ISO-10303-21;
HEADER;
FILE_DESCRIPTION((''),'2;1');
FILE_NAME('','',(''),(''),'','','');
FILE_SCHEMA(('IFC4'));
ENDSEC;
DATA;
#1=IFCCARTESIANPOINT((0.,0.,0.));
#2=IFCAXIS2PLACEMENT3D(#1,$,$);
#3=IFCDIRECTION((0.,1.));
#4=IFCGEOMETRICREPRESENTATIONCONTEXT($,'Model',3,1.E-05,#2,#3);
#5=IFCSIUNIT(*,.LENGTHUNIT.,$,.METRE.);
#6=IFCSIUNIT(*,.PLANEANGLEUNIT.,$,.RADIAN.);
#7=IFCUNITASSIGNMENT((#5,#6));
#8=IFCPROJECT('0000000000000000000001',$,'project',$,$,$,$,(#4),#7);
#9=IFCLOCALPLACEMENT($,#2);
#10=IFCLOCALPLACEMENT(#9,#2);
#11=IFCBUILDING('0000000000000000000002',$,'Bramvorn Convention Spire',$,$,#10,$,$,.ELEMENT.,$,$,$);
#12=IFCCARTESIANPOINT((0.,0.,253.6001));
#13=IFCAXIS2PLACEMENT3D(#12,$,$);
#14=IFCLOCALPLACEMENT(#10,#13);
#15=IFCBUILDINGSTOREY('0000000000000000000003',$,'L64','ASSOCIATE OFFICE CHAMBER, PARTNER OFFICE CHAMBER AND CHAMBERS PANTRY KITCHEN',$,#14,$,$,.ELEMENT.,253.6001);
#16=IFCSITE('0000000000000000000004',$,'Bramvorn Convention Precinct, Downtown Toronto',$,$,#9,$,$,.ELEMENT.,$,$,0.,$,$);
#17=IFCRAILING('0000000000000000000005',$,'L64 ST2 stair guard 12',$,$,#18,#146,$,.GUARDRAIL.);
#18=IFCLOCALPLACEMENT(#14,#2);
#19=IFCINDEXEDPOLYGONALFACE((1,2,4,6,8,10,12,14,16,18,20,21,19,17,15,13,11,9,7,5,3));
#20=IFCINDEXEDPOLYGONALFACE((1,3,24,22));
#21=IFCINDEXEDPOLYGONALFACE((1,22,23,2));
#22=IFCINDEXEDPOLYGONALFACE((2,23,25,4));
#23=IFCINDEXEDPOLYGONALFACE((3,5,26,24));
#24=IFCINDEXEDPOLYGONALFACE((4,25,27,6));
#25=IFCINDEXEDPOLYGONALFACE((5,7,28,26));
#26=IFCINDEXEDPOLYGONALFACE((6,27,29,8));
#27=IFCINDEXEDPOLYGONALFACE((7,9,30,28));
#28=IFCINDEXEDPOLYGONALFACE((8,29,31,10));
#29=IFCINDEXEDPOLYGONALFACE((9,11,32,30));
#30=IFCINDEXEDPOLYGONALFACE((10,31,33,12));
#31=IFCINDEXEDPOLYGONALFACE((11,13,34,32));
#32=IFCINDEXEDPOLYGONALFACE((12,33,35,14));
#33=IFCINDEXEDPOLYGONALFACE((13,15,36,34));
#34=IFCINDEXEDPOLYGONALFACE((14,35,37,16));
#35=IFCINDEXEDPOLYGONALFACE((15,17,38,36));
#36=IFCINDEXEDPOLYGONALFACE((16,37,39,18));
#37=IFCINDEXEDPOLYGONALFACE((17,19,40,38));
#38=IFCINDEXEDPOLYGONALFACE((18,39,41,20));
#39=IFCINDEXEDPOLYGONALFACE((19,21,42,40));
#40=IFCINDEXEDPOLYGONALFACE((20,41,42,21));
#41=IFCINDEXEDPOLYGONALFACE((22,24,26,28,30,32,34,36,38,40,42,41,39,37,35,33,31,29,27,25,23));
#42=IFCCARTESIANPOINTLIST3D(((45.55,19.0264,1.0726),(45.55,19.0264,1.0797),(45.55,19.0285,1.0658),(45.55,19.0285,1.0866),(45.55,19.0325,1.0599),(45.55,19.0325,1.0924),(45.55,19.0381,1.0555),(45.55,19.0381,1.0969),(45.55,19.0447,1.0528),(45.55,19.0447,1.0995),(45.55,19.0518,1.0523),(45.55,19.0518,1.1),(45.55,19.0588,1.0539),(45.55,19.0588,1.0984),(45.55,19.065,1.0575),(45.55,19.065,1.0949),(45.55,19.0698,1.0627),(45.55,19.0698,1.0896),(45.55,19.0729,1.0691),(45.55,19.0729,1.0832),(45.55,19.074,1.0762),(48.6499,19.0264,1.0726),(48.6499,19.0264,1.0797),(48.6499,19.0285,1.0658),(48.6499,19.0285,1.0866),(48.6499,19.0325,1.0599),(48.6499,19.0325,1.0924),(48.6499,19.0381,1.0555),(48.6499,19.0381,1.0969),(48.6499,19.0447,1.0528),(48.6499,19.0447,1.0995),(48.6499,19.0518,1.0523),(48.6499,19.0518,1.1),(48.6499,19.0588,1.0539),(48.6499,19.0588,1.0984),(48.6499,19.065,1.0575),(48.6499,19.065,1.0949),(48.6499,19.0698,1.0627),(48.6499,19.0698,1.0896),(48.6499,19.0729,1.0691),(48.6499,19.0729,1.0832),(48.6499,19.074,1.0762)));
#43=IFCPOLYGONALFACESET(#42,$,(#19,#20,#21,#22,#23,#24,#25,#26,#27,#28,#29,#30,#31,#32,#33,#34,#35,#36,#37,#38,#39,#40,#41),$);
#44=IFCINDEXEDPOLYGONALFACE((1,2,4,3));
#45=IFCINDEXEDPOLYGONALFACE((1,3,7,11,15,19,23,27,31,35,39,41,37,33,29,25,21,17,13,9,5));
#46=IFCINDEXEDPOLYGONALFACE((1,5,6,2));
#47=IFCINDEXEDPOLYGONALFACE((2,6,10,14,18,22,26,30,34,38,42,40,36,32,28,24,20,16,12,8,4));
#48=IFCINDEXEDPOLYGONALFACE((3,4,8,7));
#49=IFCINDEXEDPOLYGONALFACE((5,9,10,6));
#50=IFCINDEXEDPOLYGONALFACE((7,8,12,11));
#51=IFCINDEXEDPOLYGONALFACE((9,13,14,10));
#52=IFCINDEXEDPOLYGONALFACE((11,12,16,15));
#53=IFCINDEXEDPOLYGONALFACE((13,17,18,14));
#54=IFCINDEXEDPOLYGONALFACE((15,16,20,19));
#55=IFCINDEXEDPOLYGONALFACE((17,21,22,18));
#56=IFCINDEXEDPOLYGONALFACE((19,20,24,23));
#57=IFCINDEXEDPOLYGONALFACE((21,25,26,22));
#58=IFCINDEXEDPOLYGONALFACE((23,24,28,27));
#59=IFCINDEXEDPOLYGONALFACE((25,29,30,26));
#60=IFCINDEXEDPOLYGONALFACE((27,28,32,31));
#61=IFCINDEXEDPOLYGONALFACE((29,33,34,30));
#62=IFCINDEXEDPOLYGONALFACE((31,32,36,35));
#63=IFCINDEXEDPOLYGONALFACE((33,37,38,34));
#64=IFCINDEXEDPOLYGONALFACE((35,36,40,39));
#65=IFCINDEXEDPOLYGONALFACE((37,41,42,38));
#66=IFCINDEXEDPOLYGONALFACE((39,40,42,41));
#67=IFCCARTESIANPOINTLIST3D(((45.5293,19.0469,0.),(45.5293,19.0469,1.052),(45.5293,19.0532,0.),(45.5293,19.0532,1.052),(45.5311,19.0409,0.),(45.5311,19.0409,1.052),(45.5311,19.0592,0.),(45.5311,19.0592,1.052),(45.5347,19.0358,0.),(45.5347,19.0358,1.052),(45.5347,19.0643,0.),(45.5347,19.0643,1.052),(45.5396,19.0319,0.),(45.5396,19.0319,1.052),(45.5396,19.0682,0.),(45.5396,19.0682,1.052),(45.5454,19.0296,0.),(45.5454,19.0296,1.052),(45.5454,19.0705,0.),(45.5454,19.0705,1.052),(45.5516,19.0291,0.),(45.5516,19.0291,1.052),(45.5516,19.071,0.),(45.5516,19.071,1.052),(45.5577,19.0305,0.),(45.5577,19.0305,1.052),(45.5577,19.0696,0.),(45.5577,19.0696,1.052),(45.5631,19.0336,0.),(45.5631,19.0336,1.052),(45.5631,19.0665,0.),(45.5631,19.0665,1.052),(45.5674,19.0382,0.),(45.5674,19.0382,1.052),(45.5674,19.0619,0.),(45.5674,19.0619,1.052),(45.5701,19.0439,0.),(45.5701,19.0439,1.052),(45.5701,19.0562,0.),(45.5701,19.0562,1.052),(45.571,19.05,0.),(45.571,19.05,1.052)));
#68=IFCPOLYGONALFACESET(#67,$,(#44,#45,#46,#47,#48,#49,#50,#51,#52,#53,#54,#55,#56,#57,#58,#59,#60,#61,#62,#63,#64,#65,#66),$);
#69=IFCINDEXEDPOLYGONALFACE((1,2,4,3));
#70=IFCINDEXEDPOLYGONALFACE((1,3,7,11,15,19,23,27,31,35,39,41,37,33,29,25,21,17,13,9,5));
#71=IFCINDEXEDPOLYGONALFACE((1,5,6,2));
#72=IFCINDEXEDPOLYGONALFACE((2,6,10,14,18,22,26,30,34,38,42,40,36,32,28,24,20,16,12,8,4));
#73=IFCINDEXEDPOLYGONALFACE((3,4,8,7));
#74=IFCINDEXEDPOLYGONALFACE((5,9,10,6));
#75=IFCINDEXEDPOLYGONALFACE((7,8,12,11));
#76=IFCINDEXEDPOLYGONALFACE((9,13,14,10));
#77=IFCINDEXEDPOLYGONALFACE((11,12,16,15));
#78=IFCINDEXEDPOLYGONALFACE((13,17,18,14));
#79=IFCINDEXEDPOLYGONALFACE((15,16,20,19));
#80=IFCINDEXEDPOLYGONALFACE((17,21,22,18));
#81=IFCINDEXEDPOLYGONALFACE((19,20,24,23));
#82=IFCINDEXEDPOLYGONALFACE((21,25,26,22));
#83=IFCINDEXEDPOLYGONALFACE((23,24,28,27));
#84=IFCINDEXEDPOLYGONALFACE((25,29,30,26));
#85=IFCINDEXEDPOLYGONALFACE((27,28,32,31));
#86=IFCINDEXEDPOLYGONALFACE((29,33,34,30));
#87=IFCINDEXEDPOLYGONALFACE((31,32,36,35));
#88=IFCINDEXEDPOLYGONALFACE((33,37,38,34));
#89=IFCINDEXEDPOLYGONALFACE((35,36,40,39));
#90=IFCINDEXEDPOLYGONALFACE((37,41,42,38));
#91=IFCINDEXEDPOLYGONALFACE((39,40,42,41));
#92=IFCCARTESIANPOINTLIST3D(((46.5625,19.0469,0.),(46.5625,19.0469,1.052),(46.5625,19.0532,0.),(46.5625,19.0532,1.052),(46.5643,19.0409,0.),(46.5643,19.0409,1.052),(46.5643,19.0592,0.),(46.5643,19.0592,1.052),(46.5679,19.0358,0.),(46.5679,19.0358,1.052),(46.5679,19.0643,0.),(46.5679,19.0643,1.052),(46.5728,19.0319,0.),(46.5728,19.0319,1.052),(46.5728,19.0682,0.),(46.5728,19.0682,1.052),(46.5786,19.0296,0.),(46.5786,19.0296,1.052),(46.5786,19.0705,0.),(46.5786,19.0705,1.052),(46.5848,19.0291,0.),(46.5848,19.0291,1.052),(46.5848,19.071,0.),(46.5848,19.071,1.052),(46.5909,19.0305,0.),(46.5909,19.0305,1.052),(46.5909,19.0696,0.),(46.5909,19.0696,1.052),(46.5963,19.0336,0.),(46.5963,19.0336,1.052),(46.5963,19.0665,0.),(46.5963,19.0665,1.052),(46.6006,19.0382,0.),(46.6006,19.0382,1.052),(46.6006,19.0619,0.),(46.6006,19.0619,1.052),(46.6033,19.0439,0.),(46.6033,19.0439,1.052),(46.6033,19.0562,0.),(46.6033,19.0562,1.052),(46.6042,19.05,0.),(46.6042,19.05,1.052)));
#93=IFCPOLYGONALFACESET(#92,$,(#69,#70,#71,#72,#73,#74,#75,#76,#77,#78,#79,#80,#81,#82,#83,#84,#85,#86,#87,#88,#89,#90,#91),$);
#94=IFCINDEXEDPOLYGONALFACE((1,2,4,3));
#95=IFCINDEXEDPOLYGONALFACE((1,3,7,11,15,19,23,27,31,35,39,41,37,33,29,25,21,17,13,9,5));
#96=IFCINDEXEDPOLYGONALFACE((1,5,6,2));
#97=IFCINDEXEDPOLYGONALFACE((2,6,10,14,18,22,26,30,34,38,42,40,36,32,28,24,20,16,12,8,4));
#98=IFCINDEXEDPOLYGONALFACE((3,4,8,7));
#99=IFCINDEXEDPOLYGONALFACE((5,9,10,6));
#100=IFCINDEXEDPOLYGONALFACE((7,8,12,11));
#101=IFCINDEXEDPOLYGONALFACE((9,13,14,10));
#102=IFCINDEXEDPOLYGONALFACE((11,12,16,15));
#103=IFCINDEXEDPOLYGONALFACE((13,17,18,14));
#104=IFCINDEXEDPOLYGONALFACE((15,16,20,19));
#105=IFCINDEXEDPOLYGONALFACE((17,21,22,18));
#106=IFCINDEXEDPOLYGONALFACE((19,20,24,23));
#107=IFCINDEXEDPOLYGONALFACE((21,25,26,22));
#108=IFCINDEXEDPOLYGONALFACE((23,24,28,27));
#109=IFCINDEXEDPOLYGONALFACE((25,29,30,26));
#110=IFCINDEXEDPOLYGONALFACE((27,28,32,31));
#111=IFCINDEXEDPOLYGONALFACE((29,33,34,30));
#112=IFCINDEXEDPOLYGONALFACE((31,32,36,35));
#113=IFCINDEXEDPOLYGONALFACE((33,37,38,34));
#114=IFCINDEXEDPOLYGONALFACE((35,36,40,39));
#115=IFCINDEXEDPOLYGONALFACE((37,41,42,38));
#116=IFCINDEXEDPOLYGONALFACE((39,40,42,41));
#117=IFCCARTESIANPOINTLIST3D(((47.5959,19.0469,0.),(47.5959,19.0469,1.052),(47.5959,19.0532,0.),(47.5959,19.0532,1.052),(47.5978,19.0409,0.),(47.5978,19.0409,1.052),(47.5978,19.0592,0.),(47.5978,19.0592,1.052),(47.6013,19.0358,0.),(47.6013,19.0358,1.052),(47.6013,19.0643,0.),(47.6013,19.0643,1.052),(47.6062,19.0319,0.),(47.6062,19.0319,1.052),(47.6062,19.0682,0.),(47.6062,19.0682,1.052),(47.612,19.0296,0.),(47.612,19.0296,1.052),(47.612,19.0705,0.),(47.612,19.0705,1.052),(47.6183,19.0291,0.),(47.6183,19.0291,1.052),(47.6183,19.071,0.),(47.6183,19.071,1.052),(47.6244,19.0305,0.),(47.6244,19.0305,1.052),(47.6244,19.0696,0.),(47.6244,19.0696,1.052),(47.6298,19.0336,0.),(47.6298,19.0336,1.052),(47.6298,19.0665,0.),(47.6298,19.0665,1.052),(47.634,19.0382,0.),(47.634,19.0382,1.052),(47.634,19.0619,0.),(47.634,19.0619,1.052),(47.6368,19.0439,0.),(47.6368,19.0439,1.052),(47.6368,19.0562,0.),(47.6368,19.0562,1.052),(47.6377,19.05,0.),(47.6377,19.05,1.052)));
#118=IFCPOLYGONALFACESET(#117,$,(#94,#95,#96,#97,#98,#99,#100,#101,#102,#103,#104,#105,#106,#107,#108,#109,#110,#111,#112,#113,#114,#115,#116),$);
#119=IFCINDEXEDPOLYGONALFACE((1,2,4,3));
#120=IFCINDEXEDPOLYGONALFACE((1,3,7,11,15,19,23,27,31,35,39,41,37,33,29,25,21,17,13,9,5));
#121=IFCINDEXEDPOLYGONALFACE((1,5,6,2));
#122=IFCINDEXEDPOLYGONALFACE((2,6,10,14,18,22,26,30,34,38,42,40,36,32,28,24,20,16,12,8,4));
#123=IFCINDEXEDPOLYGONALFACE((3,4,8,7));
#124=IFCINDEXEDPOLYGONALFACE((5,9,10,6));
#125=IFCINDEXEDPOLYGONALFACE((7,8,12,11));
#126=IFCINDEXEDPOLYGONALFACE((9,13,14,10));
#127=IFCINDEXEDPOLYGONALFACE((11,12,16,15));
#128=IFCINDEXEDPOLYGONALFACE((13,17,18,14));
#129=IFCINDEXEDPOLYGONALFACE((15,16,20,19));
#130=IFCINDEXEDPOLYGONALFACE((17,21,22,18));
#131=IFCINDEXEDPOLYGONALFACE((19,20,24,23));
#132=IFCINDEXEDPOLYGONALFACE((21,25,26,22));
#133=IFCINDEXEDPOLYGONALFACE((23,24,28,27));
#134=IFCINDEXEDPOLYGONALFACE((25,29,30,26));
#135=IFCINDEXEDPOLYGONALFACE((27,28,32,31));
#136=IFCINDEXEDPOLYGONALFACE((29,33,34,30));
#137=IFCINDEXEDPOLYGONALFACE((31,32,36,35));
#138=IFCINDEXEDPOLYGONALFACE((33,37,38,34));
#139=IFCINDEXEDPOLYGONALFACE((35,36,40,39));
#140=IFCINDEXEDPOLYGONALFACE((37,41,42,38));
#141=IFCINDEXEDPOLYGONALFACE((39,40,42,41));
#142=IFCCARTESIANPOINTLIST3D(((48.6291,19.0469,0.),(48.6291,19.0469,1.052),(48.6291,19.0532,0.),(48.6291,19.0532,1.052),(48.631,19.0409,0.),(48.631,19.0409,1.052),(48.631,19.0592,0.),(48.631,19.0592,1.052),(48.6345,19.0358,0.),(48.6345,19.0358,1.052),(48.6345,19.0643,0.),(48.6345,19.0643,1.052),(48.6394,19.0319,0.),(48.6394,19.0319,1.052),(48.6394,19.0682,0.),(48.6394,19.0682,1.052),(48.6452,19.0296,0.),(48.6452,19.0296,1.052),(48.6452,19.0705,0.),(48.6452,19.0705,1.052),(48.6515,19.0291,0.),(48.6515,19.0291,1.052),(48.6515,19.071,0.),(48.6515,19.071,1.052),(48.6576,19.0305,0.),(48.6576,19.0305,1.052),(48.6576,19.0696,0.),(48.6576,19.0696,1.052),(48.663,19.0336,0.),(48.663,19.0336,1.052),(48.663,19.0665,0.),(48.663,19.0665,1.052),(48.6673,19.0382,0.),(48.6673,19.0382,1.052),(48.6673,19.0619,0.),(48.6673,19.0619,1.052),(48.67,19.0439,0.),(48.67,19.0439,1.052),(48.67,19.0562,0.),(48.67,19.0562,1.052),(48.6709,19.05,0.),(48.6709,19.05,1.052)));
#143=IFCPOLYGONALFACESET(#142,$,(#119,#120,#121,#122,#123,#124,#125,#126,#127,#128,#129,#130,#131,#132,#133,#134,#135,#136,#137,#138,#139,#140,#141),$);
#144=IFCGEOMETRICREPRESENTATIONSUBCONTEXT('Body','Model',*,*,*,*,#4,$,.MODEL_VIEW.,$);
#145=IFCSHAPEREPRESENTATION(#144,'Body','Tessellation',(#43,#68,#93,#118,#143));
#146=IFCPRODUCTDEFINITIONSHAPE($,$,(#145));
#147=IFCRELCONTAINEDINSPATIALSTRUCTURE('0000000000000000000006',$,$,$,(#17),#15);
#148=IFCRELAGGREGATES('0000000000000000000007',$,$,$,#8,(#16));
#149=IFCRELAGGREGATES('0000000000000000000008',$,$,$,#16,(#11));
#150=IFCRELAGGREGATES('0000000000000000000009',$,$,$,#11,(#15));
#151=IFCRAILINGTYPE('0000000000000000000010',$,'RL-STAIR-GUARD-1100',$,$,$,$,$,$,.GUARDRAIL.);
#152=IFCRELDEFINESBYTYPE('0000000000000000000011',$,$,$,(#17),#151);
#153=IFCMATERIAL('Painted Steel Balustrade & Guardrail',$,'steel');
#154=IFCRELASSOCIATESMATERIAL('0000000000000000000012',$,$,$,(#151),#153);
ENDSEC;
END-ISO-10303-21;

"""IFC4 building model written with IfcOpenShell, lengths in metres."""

from ifc_helpers import new_model, si_unit, direction, frame, origin, origin_2d, place, context, subcontext, project, spatial, circle, extrude, material, type_object, element, save


model = new_model("IFC4")

# Units and contexts
model_context = context("Model", 3, precision=1e-05, world=origin(), true_north=direction((0.0, 1.0)))
body_context = subcontext(model_context, "Body", "Model", "MODEL_VIEW")
ifc_project = project(units=[si_unit("LENGTHUNIT", "METRE"), si_unit("PLANEANGLEUNIT", "RADIAN")], contexts=[model_context])

# Site, building, storey
site_placement = place(None, origin())
site = spatial("IfcSite", under=ifc_project, at=site_placement, Name="Bramvorn Convention Precinct, Downtown Toronto", CompositionType="ELEMENT", RefElevation=0.0)
building_placement = place(site_placement, origin())
building = spatial("IfcBuilding", under=site, at=building_placement, Name="Bramvorn Convention Spire", CompositionType="ELEMENT")
storey_placement = place(building_placement, frame((0.0, 0.0, 253.6001)))
storey = spatial("IfcBuildingStorey", under=building, at=storey_placement, Name="L64", Description="ASSOCIATE OFFICE CHAMBER, PARTNER OFFICE CHAMBER AND CHAMBERS PANTRY KITCHEN", CompositionType="ELEMENT", Elevation=253.6001)

# Railing
ifc_material_1 = material(Name="Painted Steel Balustrade & Guardrail", Category="steel")
railing_type_1 = type_object("IfcRailingType", Name="RL-STAIR-GUARD-1100", PredefinedType="GUARDRAIL", material=ifc_material_1)
railing_1_placement = place(storey_placement, frame((45.55, 19.05, 0.0)))
element("IfcRailing", 1, at=railing_1_placement, inside=storey, type_object=railing_type_1, Name="L64 ST2 stair guard 12", PredefinedType="GUARDRAIL", context=body_context, shape_type="SweptSolid", body=[
    extrude(circle(Radius=0.0239, at=origin_2d()), frame((0.0, 0.0, 1.0762), z_axis=(1.0, 0.0, 0.0), x_axis=(0.0, 1.0, 0.0)), (0.0, 0.0, 1.0), 3.0999),
    extrude(circle(Radius=0.021, at=origin_2d()), origin(), (0.0, 0.0, 1.0), 1.052),
    extrude(circle(Radius=0.021, at=origin_2d()), frame((1.0332, 0.0, 0.0)), (0.0, 0.0, 1.0), 1.052),
    extrude(circle(Radius=0.021, at=origin_2d()), frame((2.0667, 0.0, 0.0)), (0.0, 0.0, 1.0), 1.052),
    extrude(circle(Radius=0.021, at=origin_2d()), frame((3.0999, 0.0, 0.0)), (0.0, 0.0, 1.0), 1.052),
])

save(model, "model.ifc")
